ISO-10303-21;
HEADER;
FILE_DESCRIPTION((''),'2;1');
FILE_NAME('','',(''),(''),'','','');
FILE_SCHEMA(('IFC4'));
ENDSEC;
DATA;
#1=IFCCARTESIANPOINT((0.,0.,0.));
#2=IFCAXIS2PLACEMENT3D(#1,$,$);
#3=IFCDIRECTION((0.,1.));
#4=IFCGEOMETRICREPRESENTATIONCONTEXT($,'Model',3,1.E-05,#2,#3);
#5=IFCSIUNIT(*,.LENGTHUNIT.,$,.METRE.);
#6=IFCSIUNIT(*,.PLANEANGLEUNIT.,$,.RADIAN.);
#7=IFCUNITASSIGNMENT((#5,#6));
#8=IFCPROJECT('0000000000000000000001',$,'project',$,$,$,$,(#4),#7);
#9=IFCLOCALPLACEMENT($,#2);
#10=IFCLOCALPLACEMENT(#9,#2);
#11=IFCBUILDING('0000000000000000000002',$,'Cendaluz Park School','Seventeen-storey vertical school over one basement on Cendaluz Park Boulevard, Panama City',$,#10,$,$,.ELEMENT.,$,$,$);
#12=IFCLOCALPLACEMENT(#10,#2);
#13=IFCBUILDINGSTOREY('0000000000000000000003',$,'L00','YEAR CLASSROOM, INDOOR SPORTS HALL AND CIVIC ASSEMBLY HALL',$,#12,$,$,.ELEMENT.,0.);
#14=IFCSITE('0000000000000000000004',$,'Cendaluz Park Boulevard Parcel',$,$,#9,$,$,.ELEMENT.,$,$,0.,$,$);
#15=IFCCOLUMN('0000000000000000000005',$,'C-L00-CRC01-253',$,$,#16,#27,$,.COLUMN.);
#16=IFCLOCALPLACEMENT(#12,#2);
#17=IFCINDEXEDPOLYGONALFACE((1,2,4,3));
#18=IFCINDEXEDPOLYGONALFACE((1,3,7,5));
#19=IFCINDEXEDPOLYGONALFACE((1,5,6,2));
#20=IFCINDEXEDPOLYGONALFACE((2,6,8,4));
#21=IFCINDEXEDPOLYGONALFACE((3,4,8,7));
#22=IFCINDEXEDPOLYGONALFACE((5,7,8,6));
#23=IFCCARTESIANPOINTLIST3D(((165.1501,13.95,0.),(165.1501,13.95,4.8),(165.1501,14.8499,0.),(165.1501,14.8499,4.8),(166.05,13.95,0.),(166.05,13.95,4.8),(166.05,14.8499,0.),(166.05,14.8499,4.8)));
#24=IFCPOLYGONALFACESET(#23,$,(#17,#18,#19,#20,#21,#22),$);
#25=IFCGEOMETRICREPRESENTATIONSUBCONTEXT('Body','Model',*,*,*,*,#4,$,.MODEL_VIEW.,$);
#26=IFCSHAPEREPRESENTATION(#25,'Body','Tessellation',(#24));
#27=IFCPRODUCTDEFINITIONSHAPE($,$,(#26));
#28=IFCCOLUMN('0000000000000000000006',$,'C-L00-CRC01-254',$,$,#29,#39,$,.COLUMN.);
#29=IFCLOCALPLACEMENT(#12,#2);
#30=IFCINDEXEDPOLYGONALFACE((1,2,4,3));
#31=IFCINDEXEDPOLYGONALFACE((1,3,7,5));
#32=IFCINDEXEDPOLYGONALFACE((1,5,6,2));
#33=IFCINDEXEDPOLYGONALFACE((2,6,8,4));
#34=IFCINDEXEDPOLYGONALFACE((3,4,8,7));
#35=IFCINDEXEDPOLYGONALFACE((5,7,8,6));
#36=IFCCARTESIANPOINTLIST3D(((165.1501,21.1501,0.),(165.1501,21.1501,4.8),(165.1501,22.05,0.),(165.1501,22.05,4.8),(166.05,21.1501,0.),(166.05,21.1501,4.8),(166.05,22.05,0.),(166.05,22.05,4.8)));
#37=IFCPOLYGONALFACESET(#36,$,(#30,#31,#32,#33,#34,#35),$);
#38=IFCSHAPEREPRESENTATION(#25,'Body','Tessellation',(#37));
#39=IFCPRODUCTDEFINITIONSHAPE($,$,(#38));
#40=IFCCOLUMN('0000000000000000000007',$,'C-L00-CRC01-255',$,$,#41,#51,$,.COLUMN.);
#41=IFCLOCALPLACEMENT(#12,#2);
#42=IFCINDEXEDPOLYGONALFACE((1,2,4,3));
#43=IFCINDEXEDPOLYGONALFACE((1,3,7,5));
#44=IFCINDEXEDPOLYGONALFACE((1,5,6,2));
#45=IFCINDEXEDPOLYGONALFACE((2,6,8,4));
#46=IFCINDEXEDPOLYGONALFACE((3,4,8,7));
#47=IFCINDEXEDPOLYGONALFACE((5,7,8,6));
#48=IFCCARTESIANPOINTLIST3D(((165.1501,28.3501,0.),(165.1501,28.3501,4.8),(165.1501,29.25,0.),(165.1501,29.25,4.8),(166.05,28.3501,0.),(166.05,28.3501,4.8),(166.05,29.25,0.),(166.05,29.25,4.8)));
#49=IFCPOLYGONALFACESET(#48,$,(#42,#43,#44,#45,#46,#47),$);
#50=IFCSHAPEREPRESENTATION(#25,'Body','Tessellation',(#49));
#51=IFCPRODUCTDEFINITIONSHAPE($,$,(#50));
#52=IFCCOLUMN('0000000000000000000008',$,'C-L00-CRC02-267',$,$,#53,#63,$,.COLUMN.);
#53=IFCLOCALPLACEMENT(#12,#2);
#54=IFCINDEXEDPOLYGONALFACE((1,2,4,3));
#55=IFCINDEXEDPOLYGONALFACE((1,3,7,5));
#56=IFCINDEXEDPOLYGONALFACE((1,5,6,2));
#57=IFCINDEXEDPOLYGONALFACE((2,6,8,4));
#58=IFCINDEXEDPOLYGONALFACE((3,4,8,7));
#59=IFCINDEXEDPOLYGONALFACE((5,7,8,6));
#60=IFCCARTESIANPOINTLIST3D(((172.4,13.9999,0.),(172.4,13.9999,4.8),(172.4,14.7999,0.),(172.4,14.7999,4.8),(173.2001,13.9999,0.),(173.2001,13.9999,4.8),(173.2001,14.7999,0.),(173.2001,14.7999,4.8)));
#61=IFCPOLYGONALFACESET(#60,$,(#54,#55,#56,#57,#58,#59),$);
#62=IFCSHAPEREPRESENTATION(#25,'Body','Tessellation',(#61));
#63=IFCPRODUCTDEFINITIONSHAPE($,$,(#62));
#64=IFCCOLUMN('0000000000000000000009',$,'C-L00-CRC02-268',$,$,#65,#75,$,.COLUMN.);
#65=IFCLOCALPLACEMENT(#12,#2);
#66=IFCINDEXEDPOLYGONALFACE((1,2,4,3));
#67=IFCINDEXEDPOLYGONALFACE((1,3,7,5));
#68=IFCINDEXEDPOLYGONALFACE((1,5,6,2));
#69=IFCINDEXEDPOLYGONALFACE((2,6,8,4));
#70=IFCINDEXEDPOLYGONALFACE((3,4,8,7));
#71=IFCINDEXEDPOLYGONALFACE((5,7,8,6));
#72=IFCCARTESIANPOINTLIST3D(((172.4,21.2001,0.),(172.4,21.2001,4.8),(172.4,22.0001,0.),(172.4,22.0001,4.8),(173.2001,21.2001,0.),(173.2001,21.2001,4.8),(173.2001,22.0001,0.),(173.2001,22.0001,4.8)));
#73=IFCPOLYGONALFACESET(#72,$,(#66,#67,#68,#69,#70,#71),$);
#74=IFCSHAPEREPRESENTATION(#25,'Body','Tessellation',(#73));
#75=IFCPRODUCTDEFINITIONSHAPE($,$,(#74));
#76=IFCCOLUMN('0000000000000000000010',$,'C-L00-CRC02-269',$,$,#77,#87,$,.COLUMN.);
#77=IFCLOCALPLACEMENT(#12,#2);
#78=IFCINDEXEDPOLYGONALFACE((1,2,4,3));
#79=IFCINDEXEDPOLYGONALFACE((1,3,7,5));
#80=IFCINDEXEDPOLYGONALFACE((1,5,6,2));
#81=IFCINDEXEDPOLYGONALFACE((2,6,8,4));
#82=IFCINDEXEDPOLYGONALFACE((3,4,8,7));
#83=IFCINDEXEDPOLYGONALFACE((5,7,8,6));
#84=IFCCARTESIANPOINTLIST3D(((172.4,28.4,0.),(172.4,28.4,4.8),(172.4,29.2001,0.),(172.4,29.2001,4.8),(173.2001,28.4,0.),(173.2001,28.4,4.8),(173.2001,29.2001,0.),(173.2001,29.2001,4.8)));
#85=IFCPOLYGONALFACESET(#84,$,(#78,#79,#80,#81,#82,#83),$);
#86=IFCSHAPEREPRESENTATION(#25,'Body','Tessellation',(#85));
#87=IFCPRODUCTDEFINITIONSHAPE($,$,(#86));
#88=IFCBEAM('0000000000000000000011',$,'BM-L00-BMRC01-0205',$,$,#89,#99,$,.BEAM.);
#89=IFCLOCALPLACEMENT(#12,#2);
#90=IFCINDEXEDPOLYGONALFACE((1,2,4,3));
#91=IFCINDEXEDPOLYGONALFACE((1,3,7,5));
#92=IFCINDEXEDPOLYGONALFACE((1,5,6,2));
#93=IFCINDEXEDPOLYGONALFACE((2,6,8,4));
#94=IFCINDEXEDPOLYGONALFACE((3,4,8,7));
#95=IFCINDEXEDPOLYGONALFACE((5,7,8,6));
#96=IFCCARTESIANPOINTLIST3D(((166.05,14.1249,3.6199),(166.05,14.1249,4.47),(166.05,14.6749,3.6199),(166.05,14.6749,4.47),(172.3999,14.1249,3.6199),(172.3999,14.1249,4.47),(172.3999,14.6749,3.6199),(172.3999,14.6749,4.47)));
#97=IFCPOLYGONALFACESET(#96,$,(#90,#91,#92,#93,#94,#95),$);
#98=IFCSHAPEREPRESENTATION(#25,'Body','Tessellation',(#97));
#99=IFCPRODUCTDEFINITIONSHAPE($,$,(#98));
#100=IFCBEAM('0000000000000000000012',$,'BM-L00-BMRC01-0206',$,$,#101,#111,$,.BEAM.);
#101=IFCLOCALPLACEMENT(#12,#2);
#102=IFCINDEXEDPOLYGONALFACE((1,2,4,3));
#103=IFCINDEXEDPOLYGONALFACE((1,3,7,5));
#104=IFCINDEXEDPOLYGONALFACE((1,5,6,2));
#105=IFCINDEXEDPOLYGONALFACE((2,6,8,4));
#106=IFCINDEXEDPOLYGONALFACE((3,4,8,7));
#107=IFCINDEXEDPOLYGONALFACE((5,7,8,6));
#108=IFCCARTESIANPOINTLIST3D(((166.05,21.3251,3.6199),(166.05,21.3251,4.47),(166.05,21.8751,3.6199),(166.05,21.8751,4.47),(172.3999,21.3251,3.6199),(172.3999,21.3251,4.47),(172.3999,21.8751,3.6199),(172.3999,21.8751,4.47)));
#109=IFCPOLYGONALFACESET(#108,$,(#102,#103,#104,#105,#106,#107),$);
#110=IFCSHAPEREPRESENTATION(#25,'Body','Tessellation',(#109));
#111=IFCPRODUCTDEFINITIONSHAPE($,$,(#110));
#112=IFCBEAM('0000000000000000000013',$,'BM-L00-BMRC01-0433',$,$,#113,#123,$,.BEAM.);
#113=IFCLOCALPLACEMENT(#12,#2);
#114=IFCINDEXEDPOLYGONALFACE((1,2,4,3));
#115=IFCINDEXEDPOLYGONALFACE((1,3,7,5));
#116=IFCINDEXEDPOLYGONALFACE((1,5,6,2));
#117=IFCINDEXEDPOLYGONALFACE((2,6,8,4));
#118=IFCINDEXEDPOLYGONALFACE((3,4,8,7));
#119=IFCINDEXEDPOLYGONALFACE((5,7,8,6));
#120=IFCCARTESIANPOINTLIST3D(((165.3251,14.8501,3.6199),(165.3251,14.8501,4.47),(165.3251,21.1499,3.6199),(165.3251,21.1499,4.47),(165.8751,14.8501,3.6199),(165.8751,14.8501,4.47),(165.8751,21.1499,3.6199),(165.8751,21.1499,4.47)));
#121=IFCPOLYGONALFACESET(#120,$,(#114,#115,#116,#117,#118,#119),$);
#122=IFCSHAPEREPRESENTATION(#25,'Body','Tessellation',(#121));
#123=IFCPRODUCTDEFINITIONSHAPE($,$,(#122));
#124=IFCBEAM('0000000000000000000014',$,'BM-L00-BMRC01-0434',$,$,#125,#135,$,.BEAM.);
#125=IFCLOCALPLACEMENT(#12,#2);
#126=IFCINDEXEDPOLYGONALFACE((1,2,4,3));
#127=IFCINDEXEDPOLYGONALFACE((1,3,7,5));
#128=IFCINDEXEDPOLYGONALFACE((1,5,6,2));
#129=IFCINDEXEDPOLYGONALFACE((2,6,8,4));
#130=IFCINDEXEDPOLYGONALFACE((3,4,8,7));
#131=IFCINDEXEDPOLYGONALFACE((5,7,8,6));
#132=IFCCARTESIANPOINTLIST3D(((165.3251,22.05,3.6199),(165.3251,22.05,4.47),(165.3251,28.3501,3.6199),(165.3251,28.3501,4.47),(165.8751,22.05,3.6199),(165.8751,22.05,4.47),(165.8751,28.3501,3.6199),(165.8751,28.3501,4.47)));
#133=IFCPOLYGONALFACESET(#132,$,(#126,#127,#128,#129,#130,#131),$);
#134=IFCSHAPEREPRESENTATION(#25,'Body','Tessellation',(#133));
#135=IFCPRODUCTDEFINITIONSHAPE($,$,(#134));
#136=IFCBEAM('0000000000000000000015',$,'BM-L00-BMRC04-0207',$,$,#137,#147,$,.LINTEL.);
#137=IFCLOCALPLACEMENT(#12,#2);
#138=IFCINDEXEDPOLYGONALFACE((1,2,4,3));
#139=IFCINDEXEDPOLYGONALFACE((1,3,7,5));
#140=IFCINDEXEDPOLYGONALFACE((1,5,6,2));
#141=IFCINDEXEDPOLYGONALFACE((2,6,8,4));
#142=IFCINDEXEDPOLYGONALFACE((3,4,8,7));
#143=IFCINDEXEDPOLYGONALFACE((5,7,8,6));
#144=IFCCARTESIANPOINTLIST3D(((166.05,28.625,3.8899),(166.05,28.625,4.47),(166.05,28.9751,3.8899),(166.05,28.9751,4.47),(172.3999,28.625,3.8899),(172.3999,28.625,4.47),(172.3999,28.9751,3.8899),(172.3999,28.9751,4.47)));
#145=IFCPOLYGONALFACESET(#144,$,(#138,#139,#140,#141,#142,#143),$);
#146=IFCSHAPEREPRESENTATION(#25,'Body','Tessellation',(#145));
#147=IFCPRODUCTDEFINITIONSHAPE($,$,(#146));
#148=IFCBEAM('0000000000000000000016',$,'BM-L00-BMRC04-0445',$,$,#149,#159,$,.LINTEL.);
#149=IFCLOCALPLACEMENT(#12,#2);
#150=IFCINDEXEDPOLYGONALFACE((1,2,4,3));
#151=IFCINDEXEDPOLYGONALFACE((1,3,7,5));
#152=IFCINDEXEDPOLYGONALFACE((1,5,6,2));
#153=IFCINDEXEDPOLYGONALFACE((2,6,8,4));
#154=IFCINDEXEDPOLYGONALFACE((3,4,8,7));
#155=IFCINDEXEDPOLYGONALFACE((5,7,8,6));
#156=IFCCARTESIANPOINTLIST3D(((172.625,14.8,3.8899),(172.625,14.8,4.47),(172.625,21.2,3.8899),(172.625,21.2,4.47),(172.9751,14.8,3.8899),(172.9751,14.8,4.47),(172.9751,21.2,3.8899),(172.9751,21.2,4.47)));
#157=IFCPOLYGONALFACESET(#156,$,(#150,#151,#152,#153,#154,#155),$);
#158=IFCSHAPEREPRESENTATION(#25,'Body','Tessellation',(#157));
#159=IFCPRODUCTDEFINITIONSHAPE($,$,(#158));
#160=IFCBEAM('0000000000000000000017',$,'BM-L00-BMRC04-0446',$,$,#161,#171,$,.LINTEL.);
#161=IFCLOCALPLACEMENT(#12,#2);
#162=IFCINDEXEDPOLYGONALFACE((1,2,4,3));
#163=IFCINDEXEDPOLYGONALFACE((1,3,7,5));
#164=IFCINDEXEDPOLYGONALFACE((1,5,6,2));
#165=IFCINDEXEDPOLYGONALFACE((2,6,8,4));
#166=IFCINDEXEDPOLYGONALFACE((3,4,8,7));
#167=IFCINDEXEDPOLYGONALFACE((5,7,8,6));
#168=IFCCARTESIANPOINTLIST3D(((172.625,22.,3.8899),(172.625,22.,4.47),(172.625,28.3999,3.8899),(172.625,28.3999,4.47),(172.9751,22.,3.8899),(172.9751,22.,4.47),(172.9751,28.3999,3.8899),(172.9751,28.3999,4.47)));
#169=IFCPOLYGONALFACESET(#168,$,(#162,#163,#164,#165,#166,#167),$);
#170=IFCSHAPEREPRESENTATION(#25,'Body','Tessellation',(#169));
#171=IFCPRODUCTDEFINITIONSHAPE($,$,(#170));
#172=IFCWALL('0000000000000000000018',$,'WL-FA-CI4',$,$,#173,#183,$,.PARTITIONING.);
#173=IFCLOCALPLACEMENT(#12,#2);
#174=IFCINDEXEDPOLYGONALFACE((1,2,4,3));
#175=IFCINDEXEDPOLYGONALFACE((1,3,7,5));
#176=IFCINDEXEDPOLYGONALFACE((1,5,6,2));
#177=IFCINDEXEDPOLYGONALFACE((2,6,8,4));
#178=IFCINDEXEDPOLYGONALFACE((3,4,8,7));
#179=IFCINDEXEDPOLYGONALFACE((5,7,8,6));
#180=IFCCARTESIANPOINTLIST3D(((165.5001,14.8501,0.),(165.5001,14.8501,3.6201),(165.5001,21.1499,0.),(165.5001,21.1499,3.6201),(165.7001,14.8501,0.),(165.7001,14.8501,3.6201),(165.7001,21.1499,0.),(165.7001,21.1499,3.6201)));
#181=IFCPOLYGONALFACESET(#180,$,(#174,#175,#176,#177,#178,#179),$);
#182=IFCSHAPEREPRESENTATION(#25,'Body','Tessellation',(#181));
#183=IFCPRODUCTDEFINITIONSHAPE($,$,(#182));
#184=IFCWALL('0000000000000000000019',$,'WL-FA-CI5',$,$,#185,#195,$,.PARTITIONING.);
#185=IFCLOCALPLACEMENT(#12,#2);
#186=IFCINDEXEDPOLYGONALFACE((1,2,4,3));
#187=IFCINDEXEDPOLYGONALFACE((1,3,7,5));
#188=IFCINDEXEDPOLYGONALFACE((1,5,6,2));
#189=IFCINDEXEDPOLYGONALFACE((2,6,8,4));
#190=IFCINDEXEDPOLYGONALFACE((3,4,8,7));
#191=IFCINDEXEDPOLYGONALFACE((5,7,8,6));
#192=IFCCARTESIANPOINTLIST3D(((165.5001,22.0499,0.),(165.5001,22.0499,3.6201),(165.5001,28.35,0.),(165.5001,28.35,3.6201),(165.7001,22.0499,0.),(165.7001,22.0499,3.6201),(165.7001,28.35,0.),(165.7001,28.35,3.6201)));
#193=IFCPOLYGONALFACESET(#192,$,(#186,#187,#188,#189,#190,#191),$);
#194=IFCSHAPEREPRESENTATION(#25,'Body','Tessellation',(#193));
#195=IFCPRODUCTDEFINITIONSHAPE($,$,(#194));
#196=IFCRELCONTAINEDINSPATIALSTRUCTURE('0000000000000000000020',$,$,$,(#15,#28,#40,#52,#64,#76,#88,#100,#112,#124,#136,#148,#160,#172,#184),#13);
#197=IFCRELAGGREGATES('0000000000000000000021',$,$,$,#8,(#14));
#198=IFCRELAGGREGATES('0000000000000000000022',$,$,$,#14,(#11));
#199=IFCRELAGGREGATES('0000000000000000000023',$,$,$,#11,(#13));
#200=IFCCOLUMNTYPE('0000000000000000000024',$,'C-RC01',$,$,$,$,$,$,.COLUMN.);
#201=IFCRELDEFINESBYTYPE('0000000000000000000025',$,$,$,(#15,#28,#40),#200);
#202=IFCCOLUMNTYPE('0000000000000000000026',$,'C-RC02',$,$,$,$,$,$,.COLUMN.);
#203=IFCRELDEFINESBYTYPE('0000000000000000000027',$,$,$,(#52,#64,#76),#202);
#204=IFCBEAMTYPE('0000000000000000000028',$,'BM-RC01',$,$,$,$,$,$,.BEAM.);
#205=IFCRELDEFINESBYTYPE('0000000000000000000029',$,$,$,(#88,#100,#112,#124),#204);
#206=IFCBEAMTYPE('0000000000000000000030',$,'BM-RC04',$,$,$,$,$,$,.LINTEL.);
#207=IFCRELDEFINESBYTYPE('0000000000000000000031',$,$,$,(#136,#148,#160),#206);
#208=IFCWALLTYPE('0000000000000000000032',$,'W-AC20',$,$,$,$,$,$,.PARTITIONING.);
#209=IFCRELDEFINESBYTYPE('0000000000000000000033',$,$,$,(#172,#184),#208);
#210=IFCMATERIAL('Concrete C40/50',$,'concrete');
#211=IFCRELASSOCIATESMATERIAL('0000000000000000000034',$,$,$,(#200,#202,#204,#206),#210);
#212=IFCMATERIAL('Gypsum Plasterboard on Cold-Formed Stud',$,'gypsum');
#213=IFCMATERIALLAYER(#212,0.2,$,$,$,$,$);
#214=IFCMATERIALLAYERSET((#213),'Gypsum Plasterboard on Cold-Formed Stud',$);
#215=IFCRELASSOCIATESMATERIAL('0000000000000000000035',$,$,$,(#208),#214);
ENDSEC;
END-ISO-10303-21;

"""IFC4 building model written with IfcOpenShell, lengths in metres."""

from ifc_helpers import new_model, si_unit, direction, frame, frame_2d, origin, origin_2d, place, context, subcontext, project, spatial, rectangle, extrude, material, layer, layer_set, material_profile, profile_set, type_object, element, save


model = new_model("IFC4")

# Units and contexts
model_context = context("Model", 3, precision=1e-05, world=origin(), true_north=direction((0.0, 1.0)))
body_context = subcontext(model_context, "Body", "Model", "MODEL_VIEW")
ifc_project = project(units=[si_unit("LENGTHUNIT", "METRE"), si_unit("PLANEANGLEUNIT", "RADIAN")], contexts=[model_context])

# Site, building, storey
site_placement = place(None, origin())
site = spatial("IfcSite", under=ifc_project, at=site_placement, Name="Cendaluz Park Boulevard Parcel", CompositionType="ELEMENT", RefElevation=0.0)
building_placement = place(site_placement, origin())
building = spatial("IfcBuilding", under=site, at=building_placement, Name="Cendaluz Park School", Description="Seventeen-storey vertical school over one basement on Cendaluz Park Boulevard, Panama City", CompositionType="ELEMENT")
storey_placement = place(building_placement, origin())
storey = spatial("IfcBuildingStorey", under=building, at=storey_placement, Name="L00", Description="YEAR CLASSROOM, INDOOR SPORTS HALL AND CIVIC ASSEMBLY HALL", CompositionType="ELEMENT", Elevation=0.0)

# Columns
ifc_material_1 = material(Name="Concrete C40/50", Category="concrete")
ifc_material_profile_1 = material_profile(ifc_material_1, rectangle(XDim=0.8999, YDim=0.8999, at=origin_2d()), Name="RC 900x900", Category="concrete")
ifc_profile_set_1 = profile_set([ifc_material_profile_1], Name="Concrete C40/50")
column_type_1 = type_object("IfcColumnType", Name="C-RC01", PredefinedType="COLUMN", material=ifc_profile_set_1)
for number, where, z_axis, x_axis, name in (
    (1, (165.6001, 14.3999, 0.0), (0.0, 0.0, 1.0), (1.0, 0.0, 0.0), "C-L00-CRC01-253"),
    (2, (165.6001, 21.6001, 0.0), (0.0, 0.0, 1.0), (1.0, 0.0, 0.0), "C-L00-CRC01-254"),
    (3, (165.6001, 28.8, 0.0), (0.0, 0.0, 1.0), (1.0, 0.0, 0.0), "C-L00-CRC01-255"),
):
    element("IfcColumn", number, at=place(storey_placement, frame(where, z_axis=z_axis, x_axis=x_axis)), inside=storey, type_object=column_type_1, Name=name, PredefinedType="COLUMN", context=body_context, shape_type="SweptSolid", body=[
        extrude(rectangle(XDim=0.8999, YDim=0.8999, at=origin_2d()), origin(), (0.0, 0.0, 1.0), 4.8),
    ])
ifc_material_profile_2 = material_profile(ifc_material_1, rectangle(XDim=0.8, YDim=0.8, at=origin_2d()), Name="RC 800x800", Category="concrete")
ifc_profile_set_2 = profile_set([ifc_material_profile_2], Name="Concrete C40/50")
column_type_2 = type_object("IfcColumnType", Name="C-RC02", PredefinedType="COLUMN", material=ifc_profile_set_2)
for number, where, z_axis, x_axis, name in (
    (4, (172.8, 14.3999, 0.0), (0.0, 0.0, 1.0), (1.0, 0.0, 0.0), "C-L00-CRC02-267"),
    (5, (172.8, 21.6001, 0.0), (0.0, 0.0, 1.0), (1.0, 0.0, 0.0), "C-L00-CRC02-268"),
    (6, (172.8, 28.8, 0.0), (0.0, 0.0, 1.0), (1.0, 0.0, 0.0), "C-L00-CRC02-269"),
):
    element("IfcColumn", number, at=place(storey_placement, frame(where, z_axis=z_axis, x_axis=x_axis)), inside=storey, type_object=column_type_2, Name=name, PredefinedType="COLUMN", context=body_context, shape_type="SweptSolid", body=[
        extrude(rectangle(XDim=0.8, YDim=0.8, at=origin_2d()), origin(), (0.0, 0.0, 1.0), 4.8),
    ])

# Beams
ifc_material_profile_3 = material_profile(ifc_material_1, rectangle(XDim=0.55, YDim=0.8501, at=origin_2d()), Name="RC 550x850", Category="concrete")
ifc_profile_set_3 = profile_set([ifc_material_profile_3], Name="Concrete C40/50")
beam_type_1 = type_object("IfcBeamType", Name="BM-RC01", PredefinedType="BEAM", material=ifc_profile_set_3)
for number, where, z_axis, x_axis, name in (
    (7, (166.05, 14.3999, 4.0449), (1.0, 0.0, 0.0), (0.0, 1.0, 0.0), "BM-L00-BMRC01-0205"),
    (8, (166.05, 21.6001, 4.0449), (1.0, 0.0, 0.0), (0.0, 1.0, 0.0), "BM-L00-BMRC01-0206"),
):
    element("IfcBeam", number, at=place(storey_placement, frame(where, z_axis=z_axis, x_axis=x_axis)), inside=storey, type_object=beam_type_1, Name=name, PredefinedType="BEAM", context=body_context, shape_type="SweptSolid", body=[
        extrude(rectangle(XDim=0.55, YDim=0.8501, at=origin_2d()), origin(), (0.0, 0.0, 1.0), 6.3499),
    ])
beam_1_placement = place(storey_placement, frame((165.6001, 14.8501, 4.0449), z_axis=(0.0, 1.0, 0.0), x_axis=(-1.0, 0.0, 0.0)))
element("IfcBeam", 9, at=beam_1_placement, inside=storey, type_object=beam_type_1, Name="BM-L00-BMRC01-0433", PredefinedType="BEAM", context=body_context, shape_type="SweptSolid", body=[
    extrude(rectangle(XDim=0.55, YDim=0.8501, at=origin_2d()), origin(), (0.0, 0.0, 1.0), 6.2998),
])
beam_2_placement = place(storey_placement, frame((165.6001, 22.05, 4.0449), z_axis=(0.0, 1.0, 0.0), x_axis=(-1.0, 0.0, 0.0)))
element("IfcBeam", 10, at=beam_2_placement, inside=storey, type_object=beam_type_1, Name="BM-L00-BMRC01-0434", PredefinedType="BEAM", context=body_context, shape_type="SweptSolid", body=[
    extrude(rectangle(XDim=0.55, YDim=0.8501, at=origin_2d()), origin(), (0.0, 0.0, 1.0), 6.3),
])
ifc_material_profile_4 = material_profile(ifc_material_1, rectangle(XDim=0.3501, YDim=0.5801, at=origin_2d()), Name="RC 350x580", Category="concrete")
ifc_profile_set_4 = profile_set([ifc_material_profile_4], Name="Concrete C40/50")
beam_type_2 = type_object("IfcBeamType", Name="BM-RC04", PredefinedType="LINTEL", material=ifc_profile_set_4)
beam_3_placement = place(storey_placement, frame((166.05, 28.8, 4.1799), z_axis=(1.0, 0.0, 0.0), x_axis=(0.0, 1.0, 0.0)))
element("IfcBeam", 11, at=beam_3_placement, inside=storey, type_object=beam_type_2, Name="BM-L00-BMRC04-0207", PredefinedType="LINTEL", context=body_context, shape_type="SweptSolid", body=[
    extrude(rectangle(XDim=0.3501, YDim=0.5801, at=origin_2d()), origin(), (0.0, 0.0, 1.0), 6.3499),
])
for number, where, z_axis, x_axis, name in (
    (12, (172.8, 14.8, 4.1799), (0.0, 1.0, 0.0), (-1.0, 0.0, 0.0), "BM-L00-BMRC04-0445"),
    (13, (172.8, 22.0, 4.1799), (0.0, 1.0, 0.0), (-1.0, 0.0, 0.0), "BM-L00-BMRC04-0446"),
):
    element("IfcBeam", number, at=place(storey_placement, frame(where, z_axis=z_axis, x_axis=x_axis)), inside=storey, type_object=beam_type_2, Name=name, PredefinedType="LINTEL", context=body_context, shape_type="SweptSolid", body=[
        extrude(rectangle(XDim=0.3501, YDim=0.5801, at=origin_2d()), origin(), (0.0, 0.0, 1.0), 6.3999),
    ])

# Walls
ifc_material_2 = material(Name="Gypsum Plasterboard on Cold-Formed Stud", Category="gypsum")
ifc_layer_1 = layer(ifc_material_2, 0.2)
ifc_layer_set_1 = layer_set([ifc_layer_1], Name="Gypsum Plasterboard on Cold-Formed Stud")
wall_type_1 = type_object("IfcWallType", Name="W-AC20", PredefinedType="PARTITIONING", material=ifc_layer_set_1)
wall_1_placement = place(storey_placement, frame((165.6001, 14.8501, 0.0), z_axis=(0.0, 0.0, 1.0), x_axis=(0.0, 1.0, 0.0)))
element("IfcWall", 14, at=wall_1_placement, inside=storey, type_object=wall_type_1, Name="WL-FA-CI4", PredefinedType="PARTITIONING", context=body_context, shape_type="SweptSolid", body=[
    extrude(rectangle(XDim=6.2998, YDim=0.2, at=frame_2d((3.1499, 0.0))), origin(), (0.0, 0.0, 1.0), 3.6201),
])
wall_2_placement = place(storey_placement, frame((165.6001, 22.05, 0.0), z_axis=(0.0, 0.0, 1.0), x_axis=(0.0, 1.0, 0.0)))
element("IfcWall", 15, at=wall_2_placement, inside=storey, type_object=wall_type_1, Name="WL-FA-CI5", PredefinedType="PARTITIONING", context=body_context, shape_type="SweptSolid", body=[
    extrude(rectangle(XDim=6.3, YDim=0.2, at=frame_2d((3.1499, 0.0))), origin(), (0.0, 0.0, 1.0), 3.6201),
])

save(model, "model.ifc")
